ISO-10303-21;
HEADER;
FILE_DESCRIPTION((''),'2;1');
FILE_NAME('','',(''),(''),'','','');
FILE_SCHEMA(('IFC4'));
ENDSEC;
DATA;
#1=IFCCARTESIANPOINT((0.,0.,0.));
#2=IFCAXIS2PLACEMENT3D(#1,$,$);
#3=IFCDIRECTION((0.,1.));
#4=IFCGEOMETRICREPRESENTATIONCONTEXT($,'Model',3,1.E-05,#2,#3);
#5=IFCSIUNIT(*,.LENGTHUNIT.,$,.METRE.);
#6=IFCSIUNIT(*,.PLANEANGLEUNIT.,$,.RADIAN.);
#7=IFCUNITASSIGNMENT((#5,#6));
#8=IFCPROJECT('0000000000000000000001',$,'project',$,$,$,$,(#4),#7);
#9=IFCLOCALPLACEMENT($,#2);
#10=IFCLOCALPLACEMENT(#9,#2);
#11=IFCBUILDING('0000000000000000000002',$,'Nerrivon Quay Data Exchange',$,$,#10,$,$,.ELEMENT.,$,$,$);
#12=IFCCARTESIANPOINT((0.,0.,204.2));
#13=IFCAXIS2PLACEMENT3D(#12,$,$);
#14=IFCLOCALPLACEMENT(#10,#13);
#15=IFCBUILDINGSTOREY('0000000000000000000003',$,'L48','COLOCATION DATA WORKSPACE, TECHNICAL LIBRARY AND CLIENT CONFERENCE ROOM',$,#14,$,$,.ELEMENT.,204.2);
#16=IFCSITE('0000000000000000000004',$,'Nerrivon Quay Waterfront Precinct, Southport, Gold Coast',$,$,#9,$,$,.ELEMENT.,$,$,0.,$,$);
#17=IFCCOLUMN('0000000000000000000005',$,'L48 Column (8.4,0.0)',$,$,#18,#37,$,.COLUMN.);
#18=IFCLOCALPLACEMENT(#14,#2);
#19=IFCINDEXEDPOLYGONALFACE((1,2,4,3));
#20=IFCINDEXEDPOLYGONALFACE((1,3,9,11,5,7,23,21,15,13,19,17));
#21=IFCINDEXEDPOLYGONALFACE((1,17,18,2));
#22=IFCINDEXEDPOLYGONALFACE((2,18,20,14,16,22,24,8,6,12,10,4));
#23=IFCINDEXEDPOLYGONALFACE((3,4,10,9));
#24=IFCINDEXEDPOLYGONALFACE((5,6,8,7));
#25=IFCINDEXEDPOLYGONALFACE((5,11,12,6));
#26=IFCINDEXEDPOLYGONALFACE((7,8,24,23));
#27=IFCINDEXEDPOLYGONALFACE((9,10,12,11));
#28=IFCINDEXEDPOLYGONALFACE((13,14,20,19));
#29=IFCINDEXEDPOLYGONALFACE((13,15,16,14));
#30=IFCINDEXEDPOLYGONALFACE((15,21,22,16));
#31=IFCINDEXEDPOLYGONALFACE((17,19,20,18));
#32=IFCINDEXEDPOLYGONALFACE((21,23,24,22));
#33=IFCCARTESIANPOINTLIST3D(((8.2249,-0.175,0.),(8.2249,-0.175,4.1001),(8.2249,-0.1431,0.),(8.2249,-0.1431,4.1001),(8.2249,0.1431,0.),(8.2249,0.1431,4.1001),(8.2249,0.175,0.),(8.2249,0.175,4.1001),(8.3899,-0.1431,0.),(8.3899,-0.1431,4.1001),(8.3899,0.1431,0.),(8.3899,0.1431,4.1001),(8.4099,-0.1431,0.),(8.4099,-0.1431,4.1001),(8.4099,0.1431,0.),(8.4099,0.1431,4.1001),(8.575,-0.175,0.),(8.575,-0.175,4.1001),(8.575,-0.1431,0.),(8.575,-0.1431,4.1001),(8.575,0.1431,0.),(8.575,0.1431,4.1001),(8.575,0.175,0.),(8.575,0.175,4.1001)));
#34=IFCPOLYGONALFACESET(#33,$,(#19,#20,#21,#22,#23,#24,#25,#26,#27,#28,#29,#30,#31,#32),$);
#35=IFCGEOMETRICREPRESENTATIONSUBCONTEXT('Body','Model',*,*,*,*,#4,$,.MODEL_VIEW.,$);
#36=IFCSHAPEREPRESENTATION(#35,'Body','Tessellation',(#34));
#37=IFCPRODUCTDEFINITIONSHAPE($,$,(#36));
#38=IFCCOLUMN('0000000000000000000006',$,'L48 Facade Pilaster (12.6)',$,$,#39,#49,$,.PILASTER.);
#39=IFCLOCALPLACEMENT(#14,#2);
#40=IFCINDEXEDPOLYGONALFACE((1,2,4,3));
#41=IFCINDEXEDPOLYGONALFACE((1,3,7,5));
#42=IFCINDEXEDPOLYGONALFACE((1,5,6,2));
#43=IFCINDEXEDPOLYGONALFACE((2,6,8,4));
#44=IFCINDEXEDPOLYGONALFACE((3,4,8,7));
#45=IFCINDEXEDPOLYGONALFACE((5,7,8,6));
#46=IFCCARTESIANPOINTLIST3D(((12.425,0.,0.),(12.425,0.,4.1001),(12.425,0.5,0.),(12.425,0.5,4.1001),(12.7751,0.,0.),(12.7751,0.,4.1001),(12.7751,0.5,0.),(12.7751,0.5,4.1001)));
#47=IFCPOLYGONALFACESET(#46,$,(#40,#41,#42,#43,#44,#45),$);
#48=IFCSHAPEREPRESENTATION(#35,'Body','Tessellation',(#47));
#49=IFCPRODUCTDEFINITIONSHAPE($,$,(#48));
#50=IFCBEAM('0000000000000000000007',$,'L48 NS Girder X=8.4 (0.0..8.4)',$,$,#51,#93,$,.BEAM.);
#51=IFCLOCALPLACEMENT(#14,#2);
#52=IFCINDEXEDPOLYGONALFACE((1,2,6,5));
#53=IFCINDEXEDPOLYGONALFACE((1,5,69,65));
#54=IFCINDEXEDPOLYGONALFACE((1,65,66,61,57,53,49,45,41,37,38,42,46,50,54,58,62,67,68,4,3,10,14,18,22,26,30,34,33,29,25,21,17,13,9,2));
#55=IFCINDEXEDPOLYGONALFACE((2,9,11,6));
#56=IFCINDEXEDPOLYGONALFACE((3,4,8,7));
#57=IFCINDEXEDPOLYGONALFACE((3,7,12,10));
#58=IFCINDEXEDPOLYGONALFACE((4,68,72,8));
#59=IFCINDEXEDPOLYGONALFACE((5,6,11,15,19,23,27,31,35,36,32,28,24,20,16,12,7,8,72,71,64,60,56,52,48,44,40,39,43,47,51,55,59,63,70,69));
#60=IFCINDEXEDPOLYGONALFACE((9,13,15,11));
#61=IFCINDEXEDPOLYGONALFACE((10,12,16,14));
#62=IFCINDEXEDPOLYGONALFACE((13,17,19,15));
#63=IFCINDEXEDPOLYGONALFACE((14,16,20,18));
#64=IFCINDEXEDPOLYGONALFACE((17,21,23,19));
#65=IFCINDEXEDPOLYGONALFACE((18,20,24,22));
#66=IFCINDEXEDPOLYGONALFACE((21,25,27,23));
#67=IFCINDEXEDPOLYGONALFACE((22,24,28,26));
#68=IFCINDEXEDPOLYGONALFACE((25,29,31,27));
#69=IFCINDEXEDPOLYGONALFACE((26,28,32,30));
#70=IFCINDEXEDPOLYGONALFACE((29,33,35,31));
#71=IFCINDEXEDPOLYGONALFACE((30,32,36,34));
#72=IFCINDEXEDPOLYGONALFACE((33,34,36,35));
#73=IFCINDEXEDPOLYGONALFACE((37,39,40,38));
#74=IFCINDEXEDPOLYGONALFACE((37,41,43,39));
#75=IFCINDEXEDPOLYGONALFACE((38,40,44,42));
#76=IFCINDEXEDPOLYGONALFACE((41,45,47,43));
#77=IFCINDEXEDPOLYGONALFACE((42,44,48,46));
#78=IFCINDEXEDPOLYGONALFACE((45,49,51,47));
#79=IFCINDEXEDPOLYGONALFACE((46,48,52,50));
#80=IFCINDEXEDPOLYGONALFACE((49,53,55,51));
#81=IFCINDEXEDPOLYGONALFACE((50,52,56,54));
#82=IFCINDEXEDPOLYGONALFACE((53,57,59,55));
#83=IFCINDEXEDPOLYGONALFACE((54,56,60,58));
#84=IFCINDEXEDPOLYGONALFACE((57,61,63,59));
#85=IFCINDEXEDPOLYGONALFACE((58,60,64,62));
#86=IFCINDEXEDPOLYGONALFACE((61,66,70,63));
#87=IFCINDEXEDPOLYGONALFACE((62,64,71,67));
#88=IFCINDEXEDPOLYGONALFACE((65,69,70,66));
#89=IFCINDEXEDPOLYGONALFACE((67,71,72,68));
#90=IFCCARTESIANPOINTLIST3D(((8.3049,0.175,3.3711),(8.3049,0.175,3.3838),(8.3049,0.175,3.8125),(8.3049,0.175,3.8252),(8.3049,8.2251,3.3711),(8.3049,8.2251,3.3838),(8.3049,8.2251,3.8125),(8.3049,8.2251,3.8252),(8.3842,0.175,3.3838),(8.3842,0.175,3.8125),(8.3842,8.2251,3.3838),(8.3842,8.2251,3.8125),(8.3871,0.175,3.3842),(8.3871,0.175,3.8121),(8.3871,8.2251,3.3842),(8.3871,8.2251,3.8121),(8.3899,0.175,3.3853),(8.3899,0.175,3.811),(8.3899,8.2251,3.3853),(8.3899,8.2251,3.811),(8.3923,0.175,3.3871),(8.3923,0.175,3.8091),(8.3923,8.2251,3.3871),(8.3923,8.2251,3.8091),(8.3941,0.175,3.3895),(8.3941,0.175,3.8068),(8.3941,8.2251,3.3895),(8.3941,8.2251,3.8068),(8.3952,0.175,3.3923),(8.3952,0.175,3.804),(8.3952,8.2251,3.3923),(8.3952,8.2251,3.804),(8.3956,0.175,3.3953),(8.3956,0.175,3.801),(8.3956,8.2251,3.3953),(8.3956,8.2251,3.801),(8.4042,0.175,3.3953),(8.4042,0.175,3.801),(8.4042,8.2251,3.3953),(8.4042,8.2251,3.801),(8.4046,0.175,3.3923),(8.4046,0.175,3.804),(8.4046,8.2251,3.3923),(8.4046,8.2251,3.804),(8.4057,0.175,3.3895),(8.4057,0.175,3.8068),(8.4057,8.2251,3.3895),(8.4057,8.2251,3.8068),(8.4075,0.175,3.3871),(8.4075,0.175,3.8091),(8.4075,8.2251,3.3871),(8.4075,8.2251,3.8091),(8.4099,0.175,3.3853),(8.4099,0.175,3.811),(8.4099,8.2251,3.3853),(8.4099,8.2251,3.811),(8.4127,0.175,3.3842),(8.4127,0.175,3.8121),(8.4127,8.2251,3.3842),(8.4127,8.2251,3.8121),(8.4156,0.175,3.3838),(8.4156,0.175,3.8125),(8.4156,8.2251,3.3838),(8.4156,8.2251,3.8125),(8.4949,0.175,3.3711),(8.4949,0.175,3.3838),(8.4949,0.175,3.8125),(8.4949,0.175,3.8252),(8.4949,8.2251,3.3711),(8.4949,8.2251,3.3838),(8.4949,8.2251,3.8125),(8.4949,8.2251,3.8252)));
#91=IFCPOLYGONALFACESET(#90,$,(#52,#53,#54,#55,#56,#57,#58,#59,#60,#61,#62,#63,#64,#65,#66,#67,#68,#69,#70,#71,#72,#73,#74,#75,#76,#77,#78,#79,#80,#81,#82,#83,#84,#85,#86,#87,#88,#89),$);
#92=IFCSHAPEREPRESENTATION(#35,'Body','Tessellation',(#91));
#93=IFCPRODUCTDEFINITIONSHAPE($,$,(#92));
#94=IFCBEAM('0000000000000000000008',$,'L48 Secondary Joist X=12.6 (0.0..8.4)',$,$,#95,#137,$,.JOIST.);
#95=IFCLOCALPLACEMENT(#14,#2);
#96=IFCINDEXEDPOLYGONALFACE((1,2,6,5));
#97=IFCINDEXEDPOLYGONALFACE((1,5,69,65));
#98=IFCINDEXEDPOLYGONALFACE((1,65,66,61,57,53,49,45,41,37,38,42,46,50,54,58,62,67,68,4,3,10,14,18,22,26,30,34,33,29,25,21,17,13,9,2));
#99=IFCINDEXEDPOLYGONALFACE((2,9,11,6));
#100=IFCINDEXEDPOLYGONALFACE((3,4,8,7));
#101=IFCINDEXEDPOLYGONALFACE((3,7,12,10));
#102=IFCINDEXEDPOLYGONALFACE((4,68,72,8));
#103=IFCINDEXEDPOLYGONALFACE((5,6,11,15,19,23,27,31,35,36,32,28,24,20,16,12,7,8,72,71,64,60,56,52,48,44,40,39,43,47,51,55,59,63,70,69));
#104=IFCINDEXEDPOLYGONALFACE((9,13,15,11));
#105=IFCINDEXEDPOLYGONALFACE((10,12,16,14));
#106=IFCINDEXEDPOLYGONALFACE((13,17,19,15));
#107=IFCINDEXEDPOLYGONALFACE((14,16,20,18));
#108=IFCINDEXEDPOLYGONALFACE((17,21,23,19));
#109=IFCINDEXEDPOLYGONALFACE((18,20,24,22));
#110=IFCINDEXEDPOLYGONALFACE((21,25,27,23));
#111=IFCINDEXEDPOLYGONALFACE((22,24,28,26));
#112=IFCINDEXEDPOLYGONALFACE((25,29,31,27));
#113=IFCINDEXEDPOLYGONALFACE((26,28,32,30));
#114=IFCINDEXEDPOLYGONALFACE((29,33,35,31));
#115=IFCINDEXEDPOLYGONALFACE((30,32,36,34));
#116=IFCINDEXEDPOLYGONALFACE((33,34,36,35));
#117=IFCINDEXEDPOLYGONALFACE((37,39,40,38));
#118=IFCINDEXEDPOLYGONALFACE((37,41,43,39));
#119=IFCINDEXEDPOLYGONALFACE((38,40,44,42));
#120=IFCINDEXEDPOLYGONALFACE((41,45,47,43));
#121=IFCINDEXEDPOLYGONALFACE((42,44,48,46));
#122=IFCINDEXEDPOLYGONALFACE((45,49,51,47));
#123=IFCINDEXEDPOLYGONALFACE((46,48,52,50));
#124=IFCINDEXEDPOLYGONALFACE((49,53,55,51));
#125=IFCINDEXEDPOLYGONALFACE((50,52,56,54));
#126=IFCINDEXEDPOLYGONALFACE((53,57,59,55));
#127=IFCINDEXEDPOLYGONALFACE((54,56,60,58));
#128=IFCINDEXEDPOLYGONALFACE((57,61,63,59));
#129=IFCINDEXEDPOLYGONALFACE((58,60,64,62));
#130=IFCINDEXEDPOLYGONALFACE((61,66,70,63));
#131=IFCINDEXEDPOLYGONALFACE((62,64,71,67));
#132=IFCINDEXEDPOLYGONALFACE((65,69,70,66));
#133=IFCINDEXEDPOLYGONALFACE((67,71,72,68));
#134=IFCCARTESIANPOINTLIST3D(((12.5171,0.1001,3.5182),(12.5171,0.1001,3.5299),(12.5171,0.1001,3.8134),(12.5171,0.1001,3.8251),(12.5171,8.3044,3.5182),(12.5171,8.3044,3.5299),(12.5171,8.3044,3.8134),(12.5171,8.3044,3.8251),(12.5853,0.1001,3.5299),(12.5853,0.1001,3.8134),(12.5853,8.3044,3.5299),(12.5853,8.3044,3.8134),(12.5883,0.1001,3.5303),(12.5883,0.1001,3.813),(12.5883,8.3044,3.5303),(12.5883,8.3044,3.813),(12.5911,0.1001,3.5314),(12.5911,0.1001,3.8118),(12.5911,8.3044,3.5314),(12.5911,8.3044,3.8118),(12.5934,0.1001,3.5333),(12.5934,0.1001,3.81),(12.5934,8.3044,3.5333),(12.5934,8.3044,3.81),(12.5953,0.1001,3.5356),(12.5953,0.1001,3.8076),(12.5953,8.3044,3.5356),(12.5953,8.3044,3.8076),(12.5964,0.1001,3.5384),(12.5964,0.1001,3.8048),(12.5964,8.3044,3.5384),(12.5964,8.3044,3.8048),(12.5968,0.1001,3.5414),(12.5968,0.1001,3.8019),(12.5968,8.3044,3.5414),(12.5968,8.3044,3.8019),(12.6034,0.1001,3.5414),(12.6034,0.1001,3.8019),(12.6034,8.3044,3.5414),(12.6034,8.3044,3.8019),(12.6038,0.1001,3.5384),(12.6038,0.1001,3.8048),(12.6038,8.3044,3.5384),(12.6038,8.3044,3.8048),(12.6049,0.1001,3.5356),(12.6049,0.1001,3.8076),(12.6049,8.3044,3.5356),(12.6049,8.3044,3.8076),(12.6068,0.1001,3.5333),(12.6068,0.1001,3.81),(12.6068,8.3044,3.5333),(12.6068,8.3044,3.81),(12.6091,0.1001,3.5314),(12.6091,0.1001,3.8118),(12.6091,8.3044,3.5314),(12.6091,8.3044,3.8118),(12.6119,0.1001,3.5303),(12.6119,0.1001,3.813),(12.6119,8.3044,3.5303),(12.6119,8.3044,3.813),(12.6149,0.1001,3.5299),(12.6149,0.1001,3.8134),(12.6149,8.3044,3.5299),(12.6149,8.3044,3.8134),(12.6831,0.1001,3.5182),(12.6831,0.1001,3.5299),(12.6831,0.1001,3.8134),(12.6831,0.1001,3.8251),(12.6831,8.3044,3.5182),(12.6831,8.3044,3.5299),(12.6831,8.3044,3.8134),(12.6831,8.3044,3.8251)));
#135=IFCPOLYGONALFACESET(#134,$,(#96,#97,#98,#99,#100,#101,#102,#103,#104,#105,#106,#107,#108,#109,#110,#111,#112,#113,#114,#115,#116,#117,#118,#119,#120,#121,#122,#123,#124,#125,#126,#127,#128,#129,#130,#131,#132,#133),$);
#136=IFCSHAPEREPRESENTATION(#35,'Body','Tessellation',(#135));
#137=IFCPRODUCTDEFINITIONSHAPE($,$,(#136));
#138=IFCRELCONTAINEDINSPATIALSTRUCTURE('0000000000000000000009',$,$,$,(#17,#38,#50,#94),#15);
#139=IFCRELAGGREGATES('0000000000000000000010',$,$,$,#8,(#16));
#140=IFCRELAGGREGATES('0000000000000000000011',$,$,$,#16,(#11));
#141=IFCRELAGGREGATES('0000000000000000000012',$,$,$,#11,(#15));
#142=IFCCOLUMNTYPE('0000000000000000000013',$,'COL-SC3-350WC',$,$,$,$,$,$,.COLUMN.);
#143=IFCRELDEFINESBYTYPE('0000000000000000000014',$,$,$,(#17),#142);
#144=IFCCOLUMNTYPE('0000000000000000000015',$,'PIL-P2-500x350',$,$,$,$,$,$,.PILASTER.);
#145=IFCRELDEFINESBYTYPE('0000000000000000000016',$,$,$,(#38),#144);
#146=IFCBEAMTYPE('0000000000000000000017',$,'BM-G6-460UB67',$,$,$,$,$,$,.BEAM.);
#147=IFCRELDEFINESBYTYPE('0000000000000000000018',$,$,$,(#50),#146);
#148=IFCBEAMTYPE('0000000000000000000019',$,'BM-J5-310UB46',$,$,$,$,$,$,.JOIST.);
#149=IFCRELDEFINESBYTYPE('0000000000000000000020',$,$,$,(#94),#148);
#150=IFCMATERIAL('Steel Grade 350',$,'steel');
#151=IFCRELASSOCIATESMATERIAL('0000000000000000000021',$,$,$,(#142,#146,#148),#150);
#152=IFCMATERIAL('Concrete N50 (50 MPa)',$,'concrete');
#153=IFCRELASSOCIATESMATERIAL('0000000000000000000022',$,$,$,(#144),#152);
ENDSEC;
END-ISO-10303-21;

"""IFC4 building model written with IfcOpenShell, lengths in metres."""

from ifc_helpers import new_model, si_unit, direction, frame, origin, origin_2d, place, context, subcontext, project, spatial, rectangle, i_section, extrude, material, material_profile, profile_set, type_object, element, save


model = new_model("IFC4")

# Units and contexts
model_context = context("Model", 3, precision=1e-05, world=origin(), true_north=direction((0.0, 1.0)))
body_context = subcontext(model_context, "Body", "Model", "MODEL_VIEW")
ifc_project = project(units=[si_unit("LENGTHUNIT", "METRE"), si_unit("PLANEANGLEUNIT", "RADIAN")], contexts=[model_context])

# Site, building, storey
site_placement = place(None, origin())
site = spatial("IfcSite", under=ifc_project, at=site_placement, Name="Nerrivon Quay Waterfront Precinct, Southport, Gold Coast", CompositionType="ELEMENT", RefElevation=0.0)
building_placement = place(site_placement, origin())
building = spatial("IfcBuilding", under=site, at=building_placement, Name="Nerrivon Quay Data Exchange", CompositionType="ELEMENT")
storey_placement = place(building_placement, frame((0.0, 0.0, 204.2)))
storey = spatial("IfcBuildingStorey", under=building, at=storey_placement, Name="L48", Description="COLOCATION DATA WORKSPACE, TECHNICAL LIBRARY AND CLIENT CONFERENCE ROOM", CompositionType="ELEMENT", Elevation=204.2)

# Columns
ifc_material_1 = material(Name="Steel Grade 350", Category="steel")
ifc_material_profile_1 = material_profile(ifc_material_1, i_section(OverallWidth=0.3501, OverallDepth=0.3501, WebThickness=0.02, FlangeThickness=0.032, at=origin_2d()), Name="350WC230")
ifc_profile_set_1 = profile_set([ifc_material_profile_1], Name="Steel Grade 350")
column_type_1 = type_object("IfcColumnType", Name="COL-SC3-350WC", PredefinedType="COLUMN", material=ifc_profile_set_1)
column_1_placement = place(storey_placement, frame((8.3999, 0.0, 0.0), z_axis=(0.0, 0.0, 1.0), x_axis=(1.0, 0.0, 0.0)))
element("IfcColumn", 1, at=column_1_placement, inside=storey, type_object=column_type_1, Name="L48 Column (8.4,0.0)", PredefinedType="COLUMN", context=body_context, shape_type="SweptSolid", body=[
    extrude(i_section(OverallWidth=0.3501, OverallDepth=0.3501, WebThickness=0.02, FlangeThickness=0.032, at=origin_2d()), origin(), (0.0, 0.0, 1.0), 4.1001),
])
ifc_material_2 = material(Name="Concrete N50 (50 MPa)", Category="concrete")
ifc_material_profile_2 = material_profile(ifc_material_2, rectangle(XDim=0.3501, YDim=0.5, at=origin_2d()), Name="RC-PIL-500x350")
ifc_profile_set_2 = profile_set([ifc_material_profile_2], Name="Concrete N50 (50 MPa)")
column_type_2 = type_object("IfcColumnType", Name="PIL-P2-500x350", PredefinedType="PILASTER", material=ifc_profile_set_2)
column_2_placement = place(storey_placement, frame((12.6001, 0.25, 0.0), z_axis=(0.0, 0.0, 1.0), x_axis=(1.0, 0.0, 0.0)))
element("IfcColumn", 2, at=column_2_placement, inside=storey, type_object=column_type_2, Name="L48 Facade Pilaster (12.6)", PredefinedType="PILASTER", context=body_context, shape_type="SweptSolid", body=[
    extrude(rectangle(XDim=0.3501, YDim=0.5, at=origin_2d()), origin(), (0.0, 0.0, 1.0), 4.1001),
])

# Beams
ifc_material_profile_3 = material_profile(ifc_material_1, i_section(OverallWidth=0.1899, OverallDepth=0.4541, WebThickness=0.0085, FlangeThickness=0.0127, FilletRadius=0.0115, at=origin_2d()), Name="460UB67.1")
ifc_profile_set_3 = profile_set([ifc_material_profile_3], Name="Steel Grade 350")
beam_type_1 = type_object("IfcBeamType", Name="BM-G6-460UB67", PredefinedType="BEAM", material=ifc_profile_set_3)
beam_1_placement = place(storey_placement, frame((8.3999, 0.175, 3.5981), z_axis=(0.0, 1.0, 0.0), x_axis=(-1.0, 0.0, 0.0)))
element("IfcBeam", 3, at=beam_1_placement, inside=storey, type_object=beam_type_1, Name="L48 NS Girder X=8.4 (0.0..8.4)", PredefinedType="BEAM", context=body_context, shape_type="SweptSolid", body=[
    extrude(i_section(OverallWidth=0.1899, OverallDepth=0.4541, WebThickness=0.0085, FlangeThickness=0.0127, FilletRadius=0.0115, at=origin_2d()), origin(), (0.0, 0.0, 1.0), 8.05),
])
ifc_material_profile_4 = material_profile(ifc_material_1, i_section(OverallWidth=0.166, OverallDepth=0.3069, WebThickness=0.0066, FlangeThickness=0.0117, FilletRadius=0.0115, at=origin_2d()), Name="310UB46.2")
ifc_profile_set_4 = profile_set([ifc_material_profile_4], Name="Steel Grade 350")
beam_type_2 = type_object("IfcBeamType", Name="BM-J5-310UB46", PredefinedType="JOIST", material=ifc_profile_set_4)
beam_2_placement = place(storey_placement, frame((12.6001, 0.1001, 3.6716), z_axis=(0.0, 1.0, 0.0), x_axis=(-1.0, 0.0, 0.0)))
element("IfcBeam", 4, at=beam_2_placement, inside=storey, type_object=beam_type_2, Name="L48 Secondary Joist X=12.6 (0.0..8.4)", PredefinedType="JOIST", context=body_context, shape_type="SweptSolid", body=[
    extrude(i_section(OverallWidth=0.166, OverallDepth=0.3069, WebThickness=0.0066, FlangeThickness=0.0117, FilletRadius=0.0115, at=origin_2d()), origin(), (0.0, 0.0, 1.0), 8.2043),
])

save(model, "model.ifc")
